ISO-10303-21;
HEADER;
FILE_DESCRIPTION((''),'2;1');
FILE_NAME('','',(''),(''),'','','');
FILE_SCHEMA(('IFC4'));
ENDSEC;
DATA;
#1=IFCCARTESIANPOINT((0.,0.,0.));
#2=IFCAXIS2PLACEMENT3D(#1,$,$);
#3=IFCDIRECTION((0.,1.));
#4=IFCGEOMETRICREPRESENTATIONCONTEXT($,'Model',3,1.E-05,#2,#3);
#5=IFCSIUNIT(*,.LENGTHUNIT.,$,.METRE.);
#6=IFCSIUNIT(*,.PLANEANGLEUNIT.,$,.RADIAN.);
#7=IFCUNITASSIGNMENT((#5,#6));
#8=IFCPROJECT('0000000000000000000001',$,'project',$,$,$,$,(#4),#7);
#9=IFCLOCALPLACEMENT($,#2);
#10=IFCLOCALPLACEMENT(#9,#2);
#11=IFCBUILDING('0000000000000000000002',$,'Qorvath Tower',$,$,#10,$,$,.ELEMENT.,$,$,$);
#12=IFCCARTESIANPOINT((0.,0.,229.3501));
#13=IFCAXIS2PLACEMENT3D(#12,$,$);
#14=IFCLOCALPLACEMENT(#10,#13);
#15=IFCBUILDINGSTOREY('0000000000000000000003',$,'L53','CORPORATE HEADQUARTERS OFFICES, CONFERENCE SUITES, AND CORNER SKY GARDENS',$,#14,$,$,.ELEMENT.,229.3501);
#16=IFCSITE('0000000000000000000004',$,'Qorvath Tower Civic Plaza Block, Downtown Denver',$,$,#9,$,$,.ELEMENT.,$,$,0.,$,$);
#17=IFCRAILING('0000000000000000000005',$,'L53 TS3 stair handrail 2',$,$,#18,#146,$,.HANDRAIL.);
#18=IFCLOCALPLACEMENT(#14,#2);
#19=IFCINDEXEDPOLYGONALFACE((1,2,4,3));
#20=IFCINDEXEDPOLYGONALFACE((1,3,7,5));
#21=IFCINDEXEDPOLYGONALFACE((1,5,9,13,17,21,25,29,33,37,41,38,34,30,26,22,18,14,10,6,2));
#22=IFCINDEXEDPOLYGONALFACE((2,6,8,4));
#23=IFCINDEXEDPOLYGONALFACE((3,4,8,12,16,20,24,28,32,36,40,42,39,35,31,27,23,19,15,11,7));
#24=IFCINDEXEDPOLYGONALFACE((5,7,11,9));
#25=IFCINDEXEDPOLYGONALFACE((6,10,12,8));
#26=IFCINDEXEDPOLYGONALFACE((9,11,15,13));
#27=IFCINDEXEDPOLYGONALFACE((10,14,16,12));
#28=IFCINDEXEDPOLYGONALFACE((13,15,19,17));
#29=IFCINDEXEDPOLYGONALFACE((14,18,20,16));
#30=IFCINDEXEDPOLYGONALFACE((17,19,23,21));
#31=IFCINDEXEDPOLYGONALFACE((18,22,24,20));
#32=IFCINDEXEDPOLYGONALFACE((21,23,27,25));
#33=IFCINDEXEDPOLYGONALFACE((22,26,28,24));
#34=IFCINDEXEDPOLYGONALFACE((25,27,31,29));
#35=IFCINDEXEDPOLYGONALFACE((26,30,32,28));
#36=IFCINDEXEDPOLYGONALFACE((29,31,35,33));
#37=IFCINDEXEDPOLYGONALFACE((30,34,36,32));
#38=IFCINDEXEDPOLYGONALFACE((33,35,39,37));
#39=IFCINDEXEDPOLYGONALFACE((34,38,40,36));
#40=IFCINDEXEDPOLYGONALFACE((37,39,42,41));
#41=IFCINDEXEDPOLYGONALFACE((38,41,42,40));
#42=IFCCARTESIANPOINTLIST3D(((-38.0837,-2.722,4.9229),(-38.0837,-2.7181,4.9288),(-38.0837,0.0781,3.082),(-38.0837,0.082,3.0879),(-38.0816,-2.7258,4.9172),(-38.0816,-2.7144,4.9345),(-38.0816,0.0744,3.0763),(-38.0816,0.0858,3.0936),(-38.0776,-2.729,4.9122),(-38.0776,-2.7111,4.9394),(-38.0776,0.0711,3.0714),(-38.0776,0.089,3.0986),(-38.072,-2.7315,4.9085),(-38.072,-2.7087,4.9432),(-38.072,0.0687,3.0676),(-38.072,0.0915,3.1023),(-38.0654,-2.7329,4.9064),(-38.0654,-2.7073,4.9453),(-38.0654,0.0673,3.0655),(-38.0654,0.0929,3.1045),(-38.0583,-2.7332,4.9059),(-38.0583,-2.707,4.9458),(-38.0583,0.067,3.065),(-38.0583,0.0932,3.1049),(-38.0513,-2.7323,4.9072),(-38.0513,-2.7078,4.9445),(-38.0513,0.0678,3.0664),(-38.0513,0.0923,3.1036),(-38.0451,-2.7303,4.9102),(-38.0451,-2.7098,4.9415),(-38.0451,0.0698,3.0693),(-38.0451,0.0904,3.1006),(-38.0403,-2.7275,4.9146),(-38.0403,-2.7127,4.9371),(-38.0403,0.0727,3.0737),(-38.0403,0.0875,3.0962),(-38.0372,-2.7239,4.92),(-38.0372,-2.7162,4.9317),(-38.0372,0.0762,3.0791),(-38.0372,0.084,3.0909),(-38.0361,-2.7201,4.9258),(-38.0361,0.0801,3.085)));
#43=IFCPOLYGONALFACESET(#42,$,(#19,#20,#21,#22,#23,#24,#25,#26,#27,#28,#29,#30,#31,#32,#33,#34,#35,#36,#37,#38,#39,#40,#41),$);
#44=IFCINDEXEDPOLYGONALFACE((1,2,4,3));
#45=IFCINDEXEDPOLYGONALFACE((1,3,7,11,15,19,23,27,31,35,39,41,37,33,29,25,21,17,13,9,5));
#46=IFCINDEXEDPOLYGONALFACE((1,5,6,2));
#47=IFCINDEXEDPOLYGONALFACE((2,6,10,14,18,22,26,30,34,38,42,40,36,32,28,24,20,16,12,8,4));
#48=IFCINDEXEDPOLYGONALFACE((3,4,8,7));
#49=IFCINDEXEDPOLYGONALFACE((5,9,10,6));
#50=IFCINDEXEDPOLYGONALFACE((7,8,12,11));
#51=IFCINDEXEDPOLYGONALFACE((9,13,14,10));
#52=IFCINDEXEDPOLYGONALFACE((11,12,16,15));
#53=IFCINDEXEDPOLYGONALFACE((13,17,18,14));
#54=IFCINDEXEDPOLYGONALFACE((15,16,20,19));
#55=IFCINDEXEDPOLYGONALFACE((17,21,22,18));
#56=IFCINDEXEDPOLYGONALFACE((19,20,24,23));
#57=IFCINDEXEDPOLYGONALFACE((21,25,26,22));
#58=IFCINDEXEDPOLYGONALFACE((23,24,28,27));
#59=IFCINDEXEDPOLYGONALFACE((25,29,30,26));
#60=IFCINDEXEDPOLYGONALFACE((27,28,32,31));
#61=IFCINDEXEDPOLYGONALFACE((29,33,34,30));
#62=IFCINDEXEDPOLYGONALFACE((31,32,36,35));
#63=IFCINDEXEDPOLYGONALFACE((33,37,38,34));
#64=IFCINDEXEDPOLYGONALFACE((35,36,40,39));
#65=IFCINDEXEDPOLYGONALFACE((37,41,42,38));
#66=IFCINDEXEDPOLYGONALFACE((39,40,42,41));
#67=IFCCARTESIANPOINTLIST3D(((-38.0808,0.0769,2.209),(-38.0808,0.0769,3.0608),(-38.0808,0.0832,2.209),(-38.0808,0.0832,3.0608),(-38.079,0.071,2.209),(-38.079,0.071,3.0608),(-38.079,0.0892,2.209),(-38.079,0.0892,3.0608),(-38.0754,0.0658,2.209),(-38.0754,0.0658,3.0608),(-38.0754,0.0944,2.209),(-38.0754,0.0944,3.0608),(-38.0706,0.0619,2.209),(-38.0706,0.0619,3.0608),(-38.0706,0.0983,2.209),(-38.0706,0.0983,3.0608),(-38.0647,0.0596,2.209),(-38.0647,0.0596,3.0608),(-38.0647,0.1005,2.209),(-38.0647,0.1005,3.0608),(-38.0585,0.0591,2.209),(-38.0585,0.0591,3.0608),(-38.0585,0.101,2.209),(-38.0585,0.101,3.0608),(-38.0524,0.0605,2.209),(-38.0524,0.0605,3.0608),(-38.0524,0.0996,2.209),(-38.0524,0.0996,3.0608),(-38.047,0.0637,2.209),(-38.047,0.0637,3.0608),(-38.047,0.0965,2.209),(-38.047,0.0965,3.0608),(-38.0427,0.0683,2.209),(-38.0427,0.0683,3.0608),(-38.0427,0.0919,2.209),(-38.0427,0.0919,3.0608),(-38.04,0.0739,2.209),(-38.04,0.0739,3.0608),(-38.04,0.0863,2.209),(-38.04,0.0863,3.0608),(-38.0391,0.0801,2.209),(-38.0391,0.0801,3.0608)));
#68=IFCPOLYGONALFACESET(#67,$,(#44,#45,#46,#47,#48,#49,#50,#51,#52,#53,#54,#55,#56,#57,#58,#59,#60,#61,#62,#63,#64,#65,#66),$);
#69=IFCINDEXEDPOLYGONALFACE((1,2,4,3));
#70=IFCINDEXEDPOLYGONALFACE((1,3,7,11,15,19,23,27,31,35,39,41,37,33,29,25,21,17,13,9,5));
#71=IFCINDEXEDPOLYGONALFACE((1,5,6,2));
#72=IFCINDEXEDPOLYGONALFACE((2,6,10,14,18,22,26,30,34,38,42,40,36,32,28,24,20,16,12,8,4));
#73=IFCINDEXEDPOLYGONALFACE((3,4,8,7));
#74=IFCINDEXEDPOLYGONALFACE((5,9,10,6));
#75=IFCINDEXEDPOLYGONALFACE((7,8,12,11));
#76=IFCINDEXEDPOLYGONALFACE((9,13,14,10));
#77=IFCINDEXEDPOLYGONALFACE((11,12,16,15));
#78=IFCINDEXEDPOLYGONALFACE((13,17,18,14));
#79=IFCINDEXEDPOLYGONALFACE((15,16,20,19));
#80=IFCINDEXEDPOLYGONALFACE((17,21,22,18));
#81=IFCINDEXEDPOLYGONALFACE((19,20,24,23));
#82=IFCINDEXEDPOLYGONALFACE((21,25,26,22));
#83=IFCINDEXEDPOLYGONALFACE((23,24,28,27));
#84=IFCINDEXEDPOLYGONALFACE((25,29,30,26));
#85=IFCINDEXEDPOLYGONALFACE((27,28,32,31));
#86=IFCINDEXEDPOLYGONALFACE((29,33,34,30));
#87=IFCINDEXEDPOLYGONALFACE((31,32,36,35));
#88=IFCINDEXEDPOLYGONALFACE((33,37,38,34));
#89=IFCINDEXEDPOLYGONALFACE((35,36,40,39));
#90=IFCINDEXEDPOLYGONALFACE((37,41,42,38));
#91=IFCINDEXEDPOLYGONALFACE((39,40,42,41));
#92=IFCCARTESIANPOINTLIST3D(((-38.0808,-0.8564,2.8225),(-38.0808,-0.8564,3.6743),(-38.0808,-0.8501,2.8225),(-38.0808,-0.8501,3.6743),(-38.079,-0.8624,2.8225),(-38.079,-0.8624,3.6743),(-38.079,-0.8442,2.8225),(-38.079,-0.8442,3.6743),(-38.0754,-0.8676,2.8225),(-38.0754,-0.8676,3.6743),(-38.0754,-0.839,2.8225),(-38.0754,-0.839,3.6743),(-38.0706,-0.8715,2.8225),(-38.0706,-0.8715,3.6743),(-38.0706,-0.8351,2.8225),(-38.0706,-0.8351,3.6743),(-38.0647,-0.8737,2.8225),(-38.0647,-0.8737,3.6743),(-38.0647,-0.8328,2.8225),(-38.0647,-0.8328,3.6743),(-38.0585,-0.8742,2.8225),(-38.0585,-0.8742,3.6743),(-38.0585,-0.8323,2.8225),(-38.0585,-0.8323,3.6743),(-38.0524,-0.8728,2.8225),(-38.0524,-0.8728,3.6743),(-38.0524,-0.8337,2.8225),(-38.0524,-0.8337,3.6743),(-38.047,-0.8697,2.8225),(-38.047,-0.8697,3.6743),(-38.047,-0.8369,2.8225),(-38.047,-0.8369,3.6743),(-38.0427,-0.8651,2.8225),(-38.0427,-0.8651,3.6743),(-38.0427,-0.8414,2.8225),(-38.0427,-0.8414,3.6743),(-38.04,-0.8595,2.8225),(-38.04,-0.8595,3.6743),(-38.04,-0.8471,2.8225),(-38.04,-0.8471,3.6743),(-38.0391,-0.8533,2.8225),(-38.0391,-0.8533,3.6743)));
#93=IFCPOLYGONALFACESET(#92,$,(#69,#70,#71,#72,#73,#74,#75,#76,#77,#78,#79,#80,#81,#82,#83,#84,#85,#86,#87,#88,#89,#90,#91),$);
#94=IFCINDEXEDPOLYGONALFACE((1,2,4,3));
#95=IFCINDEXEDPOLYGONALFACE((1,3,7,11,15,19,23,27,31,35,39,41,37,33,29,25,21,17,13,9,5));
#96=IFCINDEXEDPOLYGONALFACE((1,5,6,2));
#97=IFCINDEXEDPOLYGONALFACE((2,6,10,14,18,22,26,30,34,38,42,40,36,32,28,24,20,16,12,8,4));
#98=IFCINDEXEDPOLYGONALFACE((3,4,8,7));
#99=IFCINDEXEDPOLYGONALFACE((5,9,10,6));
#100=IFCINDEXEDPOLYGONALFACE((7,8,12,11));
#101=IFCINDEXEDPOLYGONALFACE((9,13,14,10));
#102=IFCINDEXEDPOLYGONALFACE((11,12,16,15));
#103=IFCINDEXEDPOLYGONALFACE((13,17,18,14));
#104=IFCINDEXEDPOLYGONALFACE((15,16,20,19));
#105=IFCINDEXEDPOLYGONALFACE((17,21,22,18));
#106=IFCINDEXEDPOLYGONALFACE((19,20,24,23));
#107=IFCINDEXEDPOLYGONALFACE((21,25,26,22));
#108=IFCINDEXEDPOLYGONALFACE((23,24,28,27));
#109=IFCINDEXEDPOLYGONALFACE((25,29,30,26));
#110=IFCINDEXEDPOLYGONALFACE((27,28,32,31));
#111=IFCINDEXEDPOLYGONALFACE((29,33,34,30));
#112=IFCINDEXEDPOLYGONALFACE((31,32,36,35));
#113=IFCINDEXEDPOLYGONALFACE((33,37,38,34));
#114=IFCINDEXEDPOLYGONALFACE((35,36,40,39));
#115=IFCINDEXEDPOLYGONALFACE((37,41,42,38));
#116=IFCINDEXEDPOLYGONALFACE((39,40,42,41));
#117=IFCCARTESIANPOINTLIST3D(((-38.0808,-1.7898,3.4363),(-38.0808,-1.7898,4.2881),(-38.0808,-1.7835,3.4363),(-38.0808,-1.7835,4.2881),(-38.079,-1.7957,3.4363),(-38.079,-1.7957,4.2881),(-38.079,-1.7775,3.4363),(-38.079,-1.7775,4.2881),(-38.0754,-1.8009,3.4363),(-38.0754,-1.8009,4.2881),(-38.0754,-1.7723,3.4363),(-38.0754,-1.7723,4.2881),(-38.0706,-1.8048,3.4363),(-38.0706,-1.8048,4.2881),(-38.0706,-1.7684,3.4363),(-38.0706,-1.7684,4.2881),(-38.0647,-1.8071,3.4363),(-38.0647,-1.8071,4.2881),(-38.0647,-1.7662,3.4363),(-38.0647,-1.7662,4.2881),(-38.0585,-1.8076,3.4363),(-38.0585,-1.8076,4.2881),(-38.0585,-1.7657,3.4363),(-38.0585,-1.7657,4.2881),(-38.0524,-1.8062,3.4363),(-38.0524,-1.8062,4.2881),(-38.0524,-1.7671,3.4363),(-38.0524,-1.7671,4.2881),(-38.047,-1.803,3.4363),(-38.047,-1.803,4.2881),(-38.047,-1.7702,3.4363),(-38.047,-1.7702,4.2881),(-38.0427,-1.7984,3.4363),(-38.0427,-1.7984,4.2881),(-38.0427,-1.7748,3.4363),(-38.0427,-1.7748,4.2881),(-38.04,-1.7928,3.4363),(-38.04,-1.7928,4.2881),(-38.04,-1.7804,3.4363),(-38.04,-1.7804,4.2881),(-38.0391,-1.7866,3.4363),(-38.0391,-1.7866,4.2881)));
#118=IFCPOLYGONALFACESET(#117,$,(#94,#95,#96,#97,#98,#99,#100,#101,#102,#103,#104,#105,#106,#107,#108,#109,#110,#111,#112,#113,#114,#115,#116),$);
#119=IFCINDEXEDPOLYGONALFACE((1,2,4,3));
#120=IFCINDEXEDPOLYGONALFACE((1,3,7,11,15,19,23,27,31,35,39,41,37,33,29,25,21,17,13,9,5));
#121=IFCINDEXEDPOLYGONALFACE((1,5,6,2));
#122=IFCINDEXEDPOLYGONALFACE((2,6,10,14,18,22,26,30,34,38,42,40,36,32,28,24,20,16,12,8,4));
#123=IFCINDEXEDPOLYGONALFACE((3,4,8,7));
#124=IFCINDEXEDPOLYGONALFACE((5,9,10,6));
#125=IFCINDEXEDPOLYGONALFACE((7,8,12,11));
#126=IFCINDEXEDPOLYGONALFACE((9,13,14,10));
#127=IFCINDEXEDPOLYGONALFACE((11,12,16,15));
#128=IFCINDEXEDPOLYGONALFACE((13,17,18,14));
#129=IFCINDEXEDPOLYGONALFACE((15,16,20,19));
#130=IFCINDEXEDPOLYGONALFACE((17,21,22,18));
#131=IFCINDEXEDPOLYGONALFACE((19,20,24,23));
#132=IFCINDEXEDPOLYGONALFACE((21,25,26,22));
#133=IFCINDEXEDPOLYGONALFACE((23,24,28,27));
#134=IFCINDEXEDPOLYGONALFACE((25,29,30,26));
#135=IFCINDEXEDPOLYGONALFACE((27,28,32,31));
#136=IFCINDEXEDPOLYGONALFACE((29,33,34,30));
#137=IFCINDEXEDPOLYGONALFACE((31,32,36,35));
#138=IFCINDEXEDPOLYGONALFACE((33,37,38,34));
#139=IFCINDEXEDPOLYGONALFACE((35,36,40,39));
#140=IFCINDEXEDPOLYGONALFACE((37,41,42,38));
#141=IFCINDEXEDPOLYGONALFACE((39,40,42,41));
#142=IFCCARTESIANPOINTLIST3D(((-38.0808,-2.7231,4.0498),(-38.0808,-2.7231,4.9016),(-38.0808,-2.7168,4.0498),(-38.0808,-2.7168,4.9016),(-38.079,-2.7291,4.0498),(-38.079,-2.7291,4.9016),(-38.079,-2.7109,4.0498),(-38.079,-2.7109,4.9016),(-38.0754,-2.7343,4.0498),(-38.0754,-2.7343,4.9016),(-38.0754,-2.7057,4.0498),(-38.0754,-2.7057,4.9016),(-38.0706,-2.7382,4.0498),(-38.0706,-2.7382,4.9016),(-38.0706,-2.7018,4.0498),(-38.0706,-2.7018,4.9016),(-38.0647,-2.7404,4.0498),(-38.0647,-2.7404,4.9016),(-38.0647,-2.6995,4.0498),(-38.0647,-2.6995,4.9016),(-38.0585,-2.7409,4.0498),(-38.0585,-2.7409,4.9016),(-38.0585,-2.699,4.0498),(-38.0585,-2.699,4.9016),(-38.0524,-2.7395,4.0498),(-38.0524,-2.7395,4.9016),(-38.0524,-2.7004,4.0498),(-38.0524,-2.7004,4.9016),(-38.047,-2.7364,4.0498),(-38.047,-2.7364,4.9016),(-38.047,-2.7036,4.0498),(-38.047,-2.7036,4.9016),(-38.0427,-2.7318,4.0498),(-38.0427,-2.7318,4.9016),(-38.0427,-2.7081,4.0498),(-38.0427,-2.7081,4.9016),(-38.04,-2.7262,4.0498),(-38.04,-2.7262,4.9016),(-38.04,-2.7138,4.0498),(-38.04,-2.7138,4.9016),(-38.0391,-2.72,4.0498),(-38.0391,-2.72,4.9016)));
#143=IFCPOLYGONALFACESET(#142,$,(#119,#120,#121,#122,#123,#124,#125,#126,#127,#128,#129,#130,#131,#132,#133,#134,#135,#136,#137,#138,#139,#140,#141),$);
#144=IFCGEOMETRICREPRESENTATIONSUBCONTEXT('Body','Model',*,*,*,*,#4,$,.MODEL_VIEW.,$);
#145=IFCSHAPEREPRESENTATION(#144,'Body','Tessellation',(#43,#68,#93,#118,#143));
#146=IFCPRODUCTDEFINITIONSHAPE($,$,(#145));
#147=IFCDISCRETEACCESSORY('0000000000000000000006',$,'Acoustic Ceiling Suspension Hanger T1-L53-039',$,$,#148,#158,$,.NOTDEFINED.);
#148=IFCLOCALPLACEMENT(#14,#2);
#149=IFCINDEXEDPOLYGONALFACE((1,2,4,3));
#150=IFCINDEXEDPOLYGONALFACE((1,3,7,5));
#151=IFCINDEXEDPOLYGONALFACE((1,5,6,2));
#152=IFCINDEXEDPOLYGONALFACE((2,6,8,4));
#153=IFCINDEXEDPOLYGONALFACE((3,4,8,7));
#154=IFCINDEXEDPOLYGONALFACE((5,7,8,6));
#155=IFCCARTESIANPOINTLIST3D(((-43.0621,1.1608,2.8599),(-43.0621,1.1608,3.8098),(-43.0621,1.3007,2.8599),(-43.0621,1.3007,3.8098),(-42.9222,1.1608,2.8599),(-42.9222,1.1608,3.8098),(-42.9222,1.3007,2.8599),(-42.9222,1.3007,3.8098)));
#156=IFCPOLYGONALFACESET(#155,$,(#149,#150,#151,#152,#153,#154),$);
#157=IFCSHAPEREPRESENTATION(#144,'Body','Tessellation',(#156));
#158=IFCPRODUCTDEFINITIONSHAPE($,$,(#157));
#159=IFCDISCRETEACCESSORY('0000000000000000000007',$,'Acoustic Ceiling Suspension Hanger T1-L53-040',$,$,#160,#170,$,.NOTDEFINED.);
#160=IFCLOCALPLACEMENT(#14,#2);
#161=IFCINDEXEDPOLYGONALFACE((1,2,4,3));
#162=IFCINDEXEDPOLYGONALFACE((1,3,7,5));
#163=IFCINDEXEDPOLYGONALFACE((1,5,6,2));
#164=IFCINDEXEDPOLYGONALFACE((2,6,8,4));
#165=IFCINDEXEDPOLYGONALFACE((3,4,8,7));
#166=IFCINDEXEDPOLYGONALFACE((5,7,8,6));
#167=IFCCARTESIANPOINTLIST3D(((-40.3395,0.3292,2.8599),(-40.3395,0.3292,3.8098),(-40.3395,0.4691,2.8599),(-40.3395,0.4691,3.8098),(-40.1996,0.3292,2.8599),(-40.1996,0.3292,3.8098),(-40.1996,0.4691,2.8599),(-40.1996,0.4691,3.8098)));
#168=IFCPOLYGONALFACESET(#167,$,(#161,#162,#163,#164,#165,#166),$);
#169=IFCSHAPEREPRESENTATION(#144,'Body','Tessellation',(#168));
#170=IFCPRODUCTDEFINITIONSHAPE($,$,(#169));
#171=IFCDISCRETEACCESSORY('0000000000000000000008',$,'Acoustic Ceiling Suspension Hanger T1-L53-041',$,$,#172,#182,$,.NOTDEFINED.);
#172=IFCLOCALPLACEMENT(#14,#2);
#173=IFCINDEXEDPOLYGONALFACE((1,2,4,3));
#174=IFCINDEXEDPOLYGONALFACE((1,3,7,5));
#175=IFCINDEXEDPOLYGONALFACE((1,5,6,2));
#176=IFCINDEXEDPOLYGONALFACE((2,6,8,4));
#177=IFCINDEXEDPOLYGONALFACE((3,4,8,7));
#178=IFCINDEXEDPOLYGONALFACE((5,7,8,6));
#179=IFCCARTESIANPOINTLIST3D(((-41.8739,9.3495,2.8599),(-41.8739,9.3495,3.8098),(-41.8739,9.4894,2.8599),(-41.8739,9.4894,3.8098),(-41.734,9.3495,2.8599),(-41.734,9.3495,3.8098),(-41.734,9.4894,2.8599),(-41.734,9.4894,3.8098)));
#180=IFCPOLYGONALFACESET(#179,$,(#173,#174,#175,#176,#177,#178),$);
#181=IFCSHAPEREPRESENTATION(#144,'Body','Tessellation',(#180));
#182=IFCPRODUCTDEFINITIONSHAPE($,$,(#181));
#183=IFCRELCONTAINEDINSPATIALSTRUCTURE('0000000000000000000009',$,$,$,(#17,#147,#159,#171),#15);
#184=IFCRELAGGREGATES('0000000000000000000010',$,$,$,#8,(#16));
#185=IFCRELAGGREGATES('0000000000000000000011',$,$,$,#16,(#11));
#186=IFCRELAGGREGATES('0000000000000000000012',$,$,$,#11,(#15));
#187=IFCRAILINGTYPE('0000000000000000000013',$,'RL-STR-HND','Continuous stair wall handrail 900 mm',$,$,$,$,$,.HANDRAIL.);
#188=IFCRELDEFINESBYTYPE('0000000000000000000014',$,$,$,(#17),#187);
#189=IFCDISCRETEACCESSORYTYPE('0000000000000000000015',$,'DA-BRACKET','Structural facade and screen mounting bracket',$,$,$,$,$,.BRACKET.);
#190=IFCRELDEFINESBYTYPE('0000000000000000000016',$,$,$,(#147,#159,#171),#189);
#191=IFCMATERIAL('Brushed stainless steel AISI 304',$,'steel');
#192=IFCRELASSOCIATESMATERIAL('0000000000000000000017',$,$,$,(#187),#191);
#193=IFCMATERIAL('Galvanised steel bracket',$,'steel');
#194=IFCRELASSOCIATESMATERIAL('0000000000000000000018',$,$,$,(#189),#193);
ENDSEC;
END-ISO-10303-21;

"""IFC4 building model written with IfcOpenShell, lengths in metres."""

from ifc_helpers import new_model, si_unit, direction, frame, origin, origin_2d, place, context, subcontext, project, spatial, rectangle, circle, extrude, material, type_object, element, save


model = new_model("IFC4")

# Units and contexts
model_context = context("Model", 3, precision=1e-05, world=origin(), true_north=direction((0.0, 1.0)))
body_context = subcontext(model_context, "Body", "Model", "MODEL_VIEW")
ifc_project = project(units=[si_unit("LENGTHUNIT", "METRE"), si_unit("PLANEANGLEUNIT", "RADIAN")], contexts=[model_context])

# Site, building, storey
site_placement = place(None, origin())
site = spatial("IfcSite", under=ifc_project, at=site_placement, Name="Qorvath Tower Civic Plaza Block, Downtown Denver", CompositionType="ELEMENT", RefElevation=0.0)
building_placement = place(site_placement, origin())
building = spatial("IfcBuilding", under=site, at=building_placement, Name="Qorvath Tower", CompositionType="ELEMENT")
storey_placement = place(building_placement, frame((0.0, 0.0, 229.3501)))
storey = spatial("IfcBuildingStorey", under=building, at=storey_placement, Name="L53", Description="CORPORATE HEADQUARTERS OFFICES, CONFERENCE SUITES, AND CORNER SKY GARDENS", CompositionType="ELEMENT", Elevation=229.3501)

# Railing
ifc_material_1 = material(Name="Brushed stainless steel AISI 304", Category="steel")
railing_type = type_object("IfcRailingType", Name="RL-STR-HND", Description="Continuous stair wall handrail 900 mm", PredefinedType="HANDRAIL", material=ifc_material_1)
railing_placement = place(storey_placement, frame((-38.0601, 0.0801, 2.209)))
element("IfcRailing", 1, at=railing_placement, inside=storey, type_object=railing_type, Name="L53 TS3 stair handrail 2", PredefinedType="HANDRAIL", context=body_context, shape_type="SweptSolid", body=[
    extrude(circle(Radius=0.0239, at=origin_2d()), frame((0.0, 0.0, 0.876), z_axis=(0.0, -0.835598, 0.549342), x_axis=(1.0, 0.0, 0.0)), (0.0, 0.0, 1.0), 3.3511),
    extrude(circle(Radius=0.021, at=origin_2d()), origin(), (0.0, 0.0, 1.0), 0.8518),
    extrude(circle(Radius=0.021, at=origin_2d()), frame((0.0, -0.9333, 0.6135)), (0.0, 0.0, 1.0), 0.8518),
    extrude(circle(Radius=0.021, at=origin_2d()), frame((0.0, -1.8667, 1.2273)), (0.0, 0.0, 1.0), 0.8518),
    extrude(circle(Radius=0.021, at=origin_2d()), frame((0.0, -2.8, 1.8408)), (0.0, 0.0, 1.0), 0.8518),
])

# Discrete accessories
ifc_material_2 = material(Name="Galvanised steel bracket", Category="steel")
discrete_accessory_type = type_object("IfcDiscreteAccessoryType", Name="DA-BRACKET", Description="Structural facade and screen mounting bracket", PredefinedType="BRACKET", material=ifc_material_2)
for number, where, z_axis, x_axis, name in (
    (2, (-42.9922, 1.2307, 2.8599), (0.0, 0.0, 1.0), (1.0, 0.0, 0.0), "Acoustic Ceiling Suspension Hanger T1-L53-039"),
    (3, (-40.2695, 0.3992, 2.8599), (0.0, 0.0, 1.0), (1.0, 0.0, 0.0), "Acoustic Ceiling Suspension Hanger T1-L53-040"),
    (4, (-41.804, 9.4194, 2.8599), (0.0, 0.0, 1.0), (1.0, 0.0, 0.0), "Acoustic Ceiling Suspension Hanger T1-L53-041"),
):
    element("IfcDiscreteAccessory", number, at=place(storey_placement, frame(where, z_axis=z_axis, x_axis=x_axis)), inside=storey, type_object=discrete_accessory_type, Name=name, PredefinedType="NOTDEFINED", context=body_context, shape_type="SweptSolid", body=[
        extrude(rectangle(XDim=0.1399, YDim=0.1399, at=origin_2d()), origin(), (0.0, 0.0, 1.0), 0.95),
    ])

save(model, "model.ifc")
